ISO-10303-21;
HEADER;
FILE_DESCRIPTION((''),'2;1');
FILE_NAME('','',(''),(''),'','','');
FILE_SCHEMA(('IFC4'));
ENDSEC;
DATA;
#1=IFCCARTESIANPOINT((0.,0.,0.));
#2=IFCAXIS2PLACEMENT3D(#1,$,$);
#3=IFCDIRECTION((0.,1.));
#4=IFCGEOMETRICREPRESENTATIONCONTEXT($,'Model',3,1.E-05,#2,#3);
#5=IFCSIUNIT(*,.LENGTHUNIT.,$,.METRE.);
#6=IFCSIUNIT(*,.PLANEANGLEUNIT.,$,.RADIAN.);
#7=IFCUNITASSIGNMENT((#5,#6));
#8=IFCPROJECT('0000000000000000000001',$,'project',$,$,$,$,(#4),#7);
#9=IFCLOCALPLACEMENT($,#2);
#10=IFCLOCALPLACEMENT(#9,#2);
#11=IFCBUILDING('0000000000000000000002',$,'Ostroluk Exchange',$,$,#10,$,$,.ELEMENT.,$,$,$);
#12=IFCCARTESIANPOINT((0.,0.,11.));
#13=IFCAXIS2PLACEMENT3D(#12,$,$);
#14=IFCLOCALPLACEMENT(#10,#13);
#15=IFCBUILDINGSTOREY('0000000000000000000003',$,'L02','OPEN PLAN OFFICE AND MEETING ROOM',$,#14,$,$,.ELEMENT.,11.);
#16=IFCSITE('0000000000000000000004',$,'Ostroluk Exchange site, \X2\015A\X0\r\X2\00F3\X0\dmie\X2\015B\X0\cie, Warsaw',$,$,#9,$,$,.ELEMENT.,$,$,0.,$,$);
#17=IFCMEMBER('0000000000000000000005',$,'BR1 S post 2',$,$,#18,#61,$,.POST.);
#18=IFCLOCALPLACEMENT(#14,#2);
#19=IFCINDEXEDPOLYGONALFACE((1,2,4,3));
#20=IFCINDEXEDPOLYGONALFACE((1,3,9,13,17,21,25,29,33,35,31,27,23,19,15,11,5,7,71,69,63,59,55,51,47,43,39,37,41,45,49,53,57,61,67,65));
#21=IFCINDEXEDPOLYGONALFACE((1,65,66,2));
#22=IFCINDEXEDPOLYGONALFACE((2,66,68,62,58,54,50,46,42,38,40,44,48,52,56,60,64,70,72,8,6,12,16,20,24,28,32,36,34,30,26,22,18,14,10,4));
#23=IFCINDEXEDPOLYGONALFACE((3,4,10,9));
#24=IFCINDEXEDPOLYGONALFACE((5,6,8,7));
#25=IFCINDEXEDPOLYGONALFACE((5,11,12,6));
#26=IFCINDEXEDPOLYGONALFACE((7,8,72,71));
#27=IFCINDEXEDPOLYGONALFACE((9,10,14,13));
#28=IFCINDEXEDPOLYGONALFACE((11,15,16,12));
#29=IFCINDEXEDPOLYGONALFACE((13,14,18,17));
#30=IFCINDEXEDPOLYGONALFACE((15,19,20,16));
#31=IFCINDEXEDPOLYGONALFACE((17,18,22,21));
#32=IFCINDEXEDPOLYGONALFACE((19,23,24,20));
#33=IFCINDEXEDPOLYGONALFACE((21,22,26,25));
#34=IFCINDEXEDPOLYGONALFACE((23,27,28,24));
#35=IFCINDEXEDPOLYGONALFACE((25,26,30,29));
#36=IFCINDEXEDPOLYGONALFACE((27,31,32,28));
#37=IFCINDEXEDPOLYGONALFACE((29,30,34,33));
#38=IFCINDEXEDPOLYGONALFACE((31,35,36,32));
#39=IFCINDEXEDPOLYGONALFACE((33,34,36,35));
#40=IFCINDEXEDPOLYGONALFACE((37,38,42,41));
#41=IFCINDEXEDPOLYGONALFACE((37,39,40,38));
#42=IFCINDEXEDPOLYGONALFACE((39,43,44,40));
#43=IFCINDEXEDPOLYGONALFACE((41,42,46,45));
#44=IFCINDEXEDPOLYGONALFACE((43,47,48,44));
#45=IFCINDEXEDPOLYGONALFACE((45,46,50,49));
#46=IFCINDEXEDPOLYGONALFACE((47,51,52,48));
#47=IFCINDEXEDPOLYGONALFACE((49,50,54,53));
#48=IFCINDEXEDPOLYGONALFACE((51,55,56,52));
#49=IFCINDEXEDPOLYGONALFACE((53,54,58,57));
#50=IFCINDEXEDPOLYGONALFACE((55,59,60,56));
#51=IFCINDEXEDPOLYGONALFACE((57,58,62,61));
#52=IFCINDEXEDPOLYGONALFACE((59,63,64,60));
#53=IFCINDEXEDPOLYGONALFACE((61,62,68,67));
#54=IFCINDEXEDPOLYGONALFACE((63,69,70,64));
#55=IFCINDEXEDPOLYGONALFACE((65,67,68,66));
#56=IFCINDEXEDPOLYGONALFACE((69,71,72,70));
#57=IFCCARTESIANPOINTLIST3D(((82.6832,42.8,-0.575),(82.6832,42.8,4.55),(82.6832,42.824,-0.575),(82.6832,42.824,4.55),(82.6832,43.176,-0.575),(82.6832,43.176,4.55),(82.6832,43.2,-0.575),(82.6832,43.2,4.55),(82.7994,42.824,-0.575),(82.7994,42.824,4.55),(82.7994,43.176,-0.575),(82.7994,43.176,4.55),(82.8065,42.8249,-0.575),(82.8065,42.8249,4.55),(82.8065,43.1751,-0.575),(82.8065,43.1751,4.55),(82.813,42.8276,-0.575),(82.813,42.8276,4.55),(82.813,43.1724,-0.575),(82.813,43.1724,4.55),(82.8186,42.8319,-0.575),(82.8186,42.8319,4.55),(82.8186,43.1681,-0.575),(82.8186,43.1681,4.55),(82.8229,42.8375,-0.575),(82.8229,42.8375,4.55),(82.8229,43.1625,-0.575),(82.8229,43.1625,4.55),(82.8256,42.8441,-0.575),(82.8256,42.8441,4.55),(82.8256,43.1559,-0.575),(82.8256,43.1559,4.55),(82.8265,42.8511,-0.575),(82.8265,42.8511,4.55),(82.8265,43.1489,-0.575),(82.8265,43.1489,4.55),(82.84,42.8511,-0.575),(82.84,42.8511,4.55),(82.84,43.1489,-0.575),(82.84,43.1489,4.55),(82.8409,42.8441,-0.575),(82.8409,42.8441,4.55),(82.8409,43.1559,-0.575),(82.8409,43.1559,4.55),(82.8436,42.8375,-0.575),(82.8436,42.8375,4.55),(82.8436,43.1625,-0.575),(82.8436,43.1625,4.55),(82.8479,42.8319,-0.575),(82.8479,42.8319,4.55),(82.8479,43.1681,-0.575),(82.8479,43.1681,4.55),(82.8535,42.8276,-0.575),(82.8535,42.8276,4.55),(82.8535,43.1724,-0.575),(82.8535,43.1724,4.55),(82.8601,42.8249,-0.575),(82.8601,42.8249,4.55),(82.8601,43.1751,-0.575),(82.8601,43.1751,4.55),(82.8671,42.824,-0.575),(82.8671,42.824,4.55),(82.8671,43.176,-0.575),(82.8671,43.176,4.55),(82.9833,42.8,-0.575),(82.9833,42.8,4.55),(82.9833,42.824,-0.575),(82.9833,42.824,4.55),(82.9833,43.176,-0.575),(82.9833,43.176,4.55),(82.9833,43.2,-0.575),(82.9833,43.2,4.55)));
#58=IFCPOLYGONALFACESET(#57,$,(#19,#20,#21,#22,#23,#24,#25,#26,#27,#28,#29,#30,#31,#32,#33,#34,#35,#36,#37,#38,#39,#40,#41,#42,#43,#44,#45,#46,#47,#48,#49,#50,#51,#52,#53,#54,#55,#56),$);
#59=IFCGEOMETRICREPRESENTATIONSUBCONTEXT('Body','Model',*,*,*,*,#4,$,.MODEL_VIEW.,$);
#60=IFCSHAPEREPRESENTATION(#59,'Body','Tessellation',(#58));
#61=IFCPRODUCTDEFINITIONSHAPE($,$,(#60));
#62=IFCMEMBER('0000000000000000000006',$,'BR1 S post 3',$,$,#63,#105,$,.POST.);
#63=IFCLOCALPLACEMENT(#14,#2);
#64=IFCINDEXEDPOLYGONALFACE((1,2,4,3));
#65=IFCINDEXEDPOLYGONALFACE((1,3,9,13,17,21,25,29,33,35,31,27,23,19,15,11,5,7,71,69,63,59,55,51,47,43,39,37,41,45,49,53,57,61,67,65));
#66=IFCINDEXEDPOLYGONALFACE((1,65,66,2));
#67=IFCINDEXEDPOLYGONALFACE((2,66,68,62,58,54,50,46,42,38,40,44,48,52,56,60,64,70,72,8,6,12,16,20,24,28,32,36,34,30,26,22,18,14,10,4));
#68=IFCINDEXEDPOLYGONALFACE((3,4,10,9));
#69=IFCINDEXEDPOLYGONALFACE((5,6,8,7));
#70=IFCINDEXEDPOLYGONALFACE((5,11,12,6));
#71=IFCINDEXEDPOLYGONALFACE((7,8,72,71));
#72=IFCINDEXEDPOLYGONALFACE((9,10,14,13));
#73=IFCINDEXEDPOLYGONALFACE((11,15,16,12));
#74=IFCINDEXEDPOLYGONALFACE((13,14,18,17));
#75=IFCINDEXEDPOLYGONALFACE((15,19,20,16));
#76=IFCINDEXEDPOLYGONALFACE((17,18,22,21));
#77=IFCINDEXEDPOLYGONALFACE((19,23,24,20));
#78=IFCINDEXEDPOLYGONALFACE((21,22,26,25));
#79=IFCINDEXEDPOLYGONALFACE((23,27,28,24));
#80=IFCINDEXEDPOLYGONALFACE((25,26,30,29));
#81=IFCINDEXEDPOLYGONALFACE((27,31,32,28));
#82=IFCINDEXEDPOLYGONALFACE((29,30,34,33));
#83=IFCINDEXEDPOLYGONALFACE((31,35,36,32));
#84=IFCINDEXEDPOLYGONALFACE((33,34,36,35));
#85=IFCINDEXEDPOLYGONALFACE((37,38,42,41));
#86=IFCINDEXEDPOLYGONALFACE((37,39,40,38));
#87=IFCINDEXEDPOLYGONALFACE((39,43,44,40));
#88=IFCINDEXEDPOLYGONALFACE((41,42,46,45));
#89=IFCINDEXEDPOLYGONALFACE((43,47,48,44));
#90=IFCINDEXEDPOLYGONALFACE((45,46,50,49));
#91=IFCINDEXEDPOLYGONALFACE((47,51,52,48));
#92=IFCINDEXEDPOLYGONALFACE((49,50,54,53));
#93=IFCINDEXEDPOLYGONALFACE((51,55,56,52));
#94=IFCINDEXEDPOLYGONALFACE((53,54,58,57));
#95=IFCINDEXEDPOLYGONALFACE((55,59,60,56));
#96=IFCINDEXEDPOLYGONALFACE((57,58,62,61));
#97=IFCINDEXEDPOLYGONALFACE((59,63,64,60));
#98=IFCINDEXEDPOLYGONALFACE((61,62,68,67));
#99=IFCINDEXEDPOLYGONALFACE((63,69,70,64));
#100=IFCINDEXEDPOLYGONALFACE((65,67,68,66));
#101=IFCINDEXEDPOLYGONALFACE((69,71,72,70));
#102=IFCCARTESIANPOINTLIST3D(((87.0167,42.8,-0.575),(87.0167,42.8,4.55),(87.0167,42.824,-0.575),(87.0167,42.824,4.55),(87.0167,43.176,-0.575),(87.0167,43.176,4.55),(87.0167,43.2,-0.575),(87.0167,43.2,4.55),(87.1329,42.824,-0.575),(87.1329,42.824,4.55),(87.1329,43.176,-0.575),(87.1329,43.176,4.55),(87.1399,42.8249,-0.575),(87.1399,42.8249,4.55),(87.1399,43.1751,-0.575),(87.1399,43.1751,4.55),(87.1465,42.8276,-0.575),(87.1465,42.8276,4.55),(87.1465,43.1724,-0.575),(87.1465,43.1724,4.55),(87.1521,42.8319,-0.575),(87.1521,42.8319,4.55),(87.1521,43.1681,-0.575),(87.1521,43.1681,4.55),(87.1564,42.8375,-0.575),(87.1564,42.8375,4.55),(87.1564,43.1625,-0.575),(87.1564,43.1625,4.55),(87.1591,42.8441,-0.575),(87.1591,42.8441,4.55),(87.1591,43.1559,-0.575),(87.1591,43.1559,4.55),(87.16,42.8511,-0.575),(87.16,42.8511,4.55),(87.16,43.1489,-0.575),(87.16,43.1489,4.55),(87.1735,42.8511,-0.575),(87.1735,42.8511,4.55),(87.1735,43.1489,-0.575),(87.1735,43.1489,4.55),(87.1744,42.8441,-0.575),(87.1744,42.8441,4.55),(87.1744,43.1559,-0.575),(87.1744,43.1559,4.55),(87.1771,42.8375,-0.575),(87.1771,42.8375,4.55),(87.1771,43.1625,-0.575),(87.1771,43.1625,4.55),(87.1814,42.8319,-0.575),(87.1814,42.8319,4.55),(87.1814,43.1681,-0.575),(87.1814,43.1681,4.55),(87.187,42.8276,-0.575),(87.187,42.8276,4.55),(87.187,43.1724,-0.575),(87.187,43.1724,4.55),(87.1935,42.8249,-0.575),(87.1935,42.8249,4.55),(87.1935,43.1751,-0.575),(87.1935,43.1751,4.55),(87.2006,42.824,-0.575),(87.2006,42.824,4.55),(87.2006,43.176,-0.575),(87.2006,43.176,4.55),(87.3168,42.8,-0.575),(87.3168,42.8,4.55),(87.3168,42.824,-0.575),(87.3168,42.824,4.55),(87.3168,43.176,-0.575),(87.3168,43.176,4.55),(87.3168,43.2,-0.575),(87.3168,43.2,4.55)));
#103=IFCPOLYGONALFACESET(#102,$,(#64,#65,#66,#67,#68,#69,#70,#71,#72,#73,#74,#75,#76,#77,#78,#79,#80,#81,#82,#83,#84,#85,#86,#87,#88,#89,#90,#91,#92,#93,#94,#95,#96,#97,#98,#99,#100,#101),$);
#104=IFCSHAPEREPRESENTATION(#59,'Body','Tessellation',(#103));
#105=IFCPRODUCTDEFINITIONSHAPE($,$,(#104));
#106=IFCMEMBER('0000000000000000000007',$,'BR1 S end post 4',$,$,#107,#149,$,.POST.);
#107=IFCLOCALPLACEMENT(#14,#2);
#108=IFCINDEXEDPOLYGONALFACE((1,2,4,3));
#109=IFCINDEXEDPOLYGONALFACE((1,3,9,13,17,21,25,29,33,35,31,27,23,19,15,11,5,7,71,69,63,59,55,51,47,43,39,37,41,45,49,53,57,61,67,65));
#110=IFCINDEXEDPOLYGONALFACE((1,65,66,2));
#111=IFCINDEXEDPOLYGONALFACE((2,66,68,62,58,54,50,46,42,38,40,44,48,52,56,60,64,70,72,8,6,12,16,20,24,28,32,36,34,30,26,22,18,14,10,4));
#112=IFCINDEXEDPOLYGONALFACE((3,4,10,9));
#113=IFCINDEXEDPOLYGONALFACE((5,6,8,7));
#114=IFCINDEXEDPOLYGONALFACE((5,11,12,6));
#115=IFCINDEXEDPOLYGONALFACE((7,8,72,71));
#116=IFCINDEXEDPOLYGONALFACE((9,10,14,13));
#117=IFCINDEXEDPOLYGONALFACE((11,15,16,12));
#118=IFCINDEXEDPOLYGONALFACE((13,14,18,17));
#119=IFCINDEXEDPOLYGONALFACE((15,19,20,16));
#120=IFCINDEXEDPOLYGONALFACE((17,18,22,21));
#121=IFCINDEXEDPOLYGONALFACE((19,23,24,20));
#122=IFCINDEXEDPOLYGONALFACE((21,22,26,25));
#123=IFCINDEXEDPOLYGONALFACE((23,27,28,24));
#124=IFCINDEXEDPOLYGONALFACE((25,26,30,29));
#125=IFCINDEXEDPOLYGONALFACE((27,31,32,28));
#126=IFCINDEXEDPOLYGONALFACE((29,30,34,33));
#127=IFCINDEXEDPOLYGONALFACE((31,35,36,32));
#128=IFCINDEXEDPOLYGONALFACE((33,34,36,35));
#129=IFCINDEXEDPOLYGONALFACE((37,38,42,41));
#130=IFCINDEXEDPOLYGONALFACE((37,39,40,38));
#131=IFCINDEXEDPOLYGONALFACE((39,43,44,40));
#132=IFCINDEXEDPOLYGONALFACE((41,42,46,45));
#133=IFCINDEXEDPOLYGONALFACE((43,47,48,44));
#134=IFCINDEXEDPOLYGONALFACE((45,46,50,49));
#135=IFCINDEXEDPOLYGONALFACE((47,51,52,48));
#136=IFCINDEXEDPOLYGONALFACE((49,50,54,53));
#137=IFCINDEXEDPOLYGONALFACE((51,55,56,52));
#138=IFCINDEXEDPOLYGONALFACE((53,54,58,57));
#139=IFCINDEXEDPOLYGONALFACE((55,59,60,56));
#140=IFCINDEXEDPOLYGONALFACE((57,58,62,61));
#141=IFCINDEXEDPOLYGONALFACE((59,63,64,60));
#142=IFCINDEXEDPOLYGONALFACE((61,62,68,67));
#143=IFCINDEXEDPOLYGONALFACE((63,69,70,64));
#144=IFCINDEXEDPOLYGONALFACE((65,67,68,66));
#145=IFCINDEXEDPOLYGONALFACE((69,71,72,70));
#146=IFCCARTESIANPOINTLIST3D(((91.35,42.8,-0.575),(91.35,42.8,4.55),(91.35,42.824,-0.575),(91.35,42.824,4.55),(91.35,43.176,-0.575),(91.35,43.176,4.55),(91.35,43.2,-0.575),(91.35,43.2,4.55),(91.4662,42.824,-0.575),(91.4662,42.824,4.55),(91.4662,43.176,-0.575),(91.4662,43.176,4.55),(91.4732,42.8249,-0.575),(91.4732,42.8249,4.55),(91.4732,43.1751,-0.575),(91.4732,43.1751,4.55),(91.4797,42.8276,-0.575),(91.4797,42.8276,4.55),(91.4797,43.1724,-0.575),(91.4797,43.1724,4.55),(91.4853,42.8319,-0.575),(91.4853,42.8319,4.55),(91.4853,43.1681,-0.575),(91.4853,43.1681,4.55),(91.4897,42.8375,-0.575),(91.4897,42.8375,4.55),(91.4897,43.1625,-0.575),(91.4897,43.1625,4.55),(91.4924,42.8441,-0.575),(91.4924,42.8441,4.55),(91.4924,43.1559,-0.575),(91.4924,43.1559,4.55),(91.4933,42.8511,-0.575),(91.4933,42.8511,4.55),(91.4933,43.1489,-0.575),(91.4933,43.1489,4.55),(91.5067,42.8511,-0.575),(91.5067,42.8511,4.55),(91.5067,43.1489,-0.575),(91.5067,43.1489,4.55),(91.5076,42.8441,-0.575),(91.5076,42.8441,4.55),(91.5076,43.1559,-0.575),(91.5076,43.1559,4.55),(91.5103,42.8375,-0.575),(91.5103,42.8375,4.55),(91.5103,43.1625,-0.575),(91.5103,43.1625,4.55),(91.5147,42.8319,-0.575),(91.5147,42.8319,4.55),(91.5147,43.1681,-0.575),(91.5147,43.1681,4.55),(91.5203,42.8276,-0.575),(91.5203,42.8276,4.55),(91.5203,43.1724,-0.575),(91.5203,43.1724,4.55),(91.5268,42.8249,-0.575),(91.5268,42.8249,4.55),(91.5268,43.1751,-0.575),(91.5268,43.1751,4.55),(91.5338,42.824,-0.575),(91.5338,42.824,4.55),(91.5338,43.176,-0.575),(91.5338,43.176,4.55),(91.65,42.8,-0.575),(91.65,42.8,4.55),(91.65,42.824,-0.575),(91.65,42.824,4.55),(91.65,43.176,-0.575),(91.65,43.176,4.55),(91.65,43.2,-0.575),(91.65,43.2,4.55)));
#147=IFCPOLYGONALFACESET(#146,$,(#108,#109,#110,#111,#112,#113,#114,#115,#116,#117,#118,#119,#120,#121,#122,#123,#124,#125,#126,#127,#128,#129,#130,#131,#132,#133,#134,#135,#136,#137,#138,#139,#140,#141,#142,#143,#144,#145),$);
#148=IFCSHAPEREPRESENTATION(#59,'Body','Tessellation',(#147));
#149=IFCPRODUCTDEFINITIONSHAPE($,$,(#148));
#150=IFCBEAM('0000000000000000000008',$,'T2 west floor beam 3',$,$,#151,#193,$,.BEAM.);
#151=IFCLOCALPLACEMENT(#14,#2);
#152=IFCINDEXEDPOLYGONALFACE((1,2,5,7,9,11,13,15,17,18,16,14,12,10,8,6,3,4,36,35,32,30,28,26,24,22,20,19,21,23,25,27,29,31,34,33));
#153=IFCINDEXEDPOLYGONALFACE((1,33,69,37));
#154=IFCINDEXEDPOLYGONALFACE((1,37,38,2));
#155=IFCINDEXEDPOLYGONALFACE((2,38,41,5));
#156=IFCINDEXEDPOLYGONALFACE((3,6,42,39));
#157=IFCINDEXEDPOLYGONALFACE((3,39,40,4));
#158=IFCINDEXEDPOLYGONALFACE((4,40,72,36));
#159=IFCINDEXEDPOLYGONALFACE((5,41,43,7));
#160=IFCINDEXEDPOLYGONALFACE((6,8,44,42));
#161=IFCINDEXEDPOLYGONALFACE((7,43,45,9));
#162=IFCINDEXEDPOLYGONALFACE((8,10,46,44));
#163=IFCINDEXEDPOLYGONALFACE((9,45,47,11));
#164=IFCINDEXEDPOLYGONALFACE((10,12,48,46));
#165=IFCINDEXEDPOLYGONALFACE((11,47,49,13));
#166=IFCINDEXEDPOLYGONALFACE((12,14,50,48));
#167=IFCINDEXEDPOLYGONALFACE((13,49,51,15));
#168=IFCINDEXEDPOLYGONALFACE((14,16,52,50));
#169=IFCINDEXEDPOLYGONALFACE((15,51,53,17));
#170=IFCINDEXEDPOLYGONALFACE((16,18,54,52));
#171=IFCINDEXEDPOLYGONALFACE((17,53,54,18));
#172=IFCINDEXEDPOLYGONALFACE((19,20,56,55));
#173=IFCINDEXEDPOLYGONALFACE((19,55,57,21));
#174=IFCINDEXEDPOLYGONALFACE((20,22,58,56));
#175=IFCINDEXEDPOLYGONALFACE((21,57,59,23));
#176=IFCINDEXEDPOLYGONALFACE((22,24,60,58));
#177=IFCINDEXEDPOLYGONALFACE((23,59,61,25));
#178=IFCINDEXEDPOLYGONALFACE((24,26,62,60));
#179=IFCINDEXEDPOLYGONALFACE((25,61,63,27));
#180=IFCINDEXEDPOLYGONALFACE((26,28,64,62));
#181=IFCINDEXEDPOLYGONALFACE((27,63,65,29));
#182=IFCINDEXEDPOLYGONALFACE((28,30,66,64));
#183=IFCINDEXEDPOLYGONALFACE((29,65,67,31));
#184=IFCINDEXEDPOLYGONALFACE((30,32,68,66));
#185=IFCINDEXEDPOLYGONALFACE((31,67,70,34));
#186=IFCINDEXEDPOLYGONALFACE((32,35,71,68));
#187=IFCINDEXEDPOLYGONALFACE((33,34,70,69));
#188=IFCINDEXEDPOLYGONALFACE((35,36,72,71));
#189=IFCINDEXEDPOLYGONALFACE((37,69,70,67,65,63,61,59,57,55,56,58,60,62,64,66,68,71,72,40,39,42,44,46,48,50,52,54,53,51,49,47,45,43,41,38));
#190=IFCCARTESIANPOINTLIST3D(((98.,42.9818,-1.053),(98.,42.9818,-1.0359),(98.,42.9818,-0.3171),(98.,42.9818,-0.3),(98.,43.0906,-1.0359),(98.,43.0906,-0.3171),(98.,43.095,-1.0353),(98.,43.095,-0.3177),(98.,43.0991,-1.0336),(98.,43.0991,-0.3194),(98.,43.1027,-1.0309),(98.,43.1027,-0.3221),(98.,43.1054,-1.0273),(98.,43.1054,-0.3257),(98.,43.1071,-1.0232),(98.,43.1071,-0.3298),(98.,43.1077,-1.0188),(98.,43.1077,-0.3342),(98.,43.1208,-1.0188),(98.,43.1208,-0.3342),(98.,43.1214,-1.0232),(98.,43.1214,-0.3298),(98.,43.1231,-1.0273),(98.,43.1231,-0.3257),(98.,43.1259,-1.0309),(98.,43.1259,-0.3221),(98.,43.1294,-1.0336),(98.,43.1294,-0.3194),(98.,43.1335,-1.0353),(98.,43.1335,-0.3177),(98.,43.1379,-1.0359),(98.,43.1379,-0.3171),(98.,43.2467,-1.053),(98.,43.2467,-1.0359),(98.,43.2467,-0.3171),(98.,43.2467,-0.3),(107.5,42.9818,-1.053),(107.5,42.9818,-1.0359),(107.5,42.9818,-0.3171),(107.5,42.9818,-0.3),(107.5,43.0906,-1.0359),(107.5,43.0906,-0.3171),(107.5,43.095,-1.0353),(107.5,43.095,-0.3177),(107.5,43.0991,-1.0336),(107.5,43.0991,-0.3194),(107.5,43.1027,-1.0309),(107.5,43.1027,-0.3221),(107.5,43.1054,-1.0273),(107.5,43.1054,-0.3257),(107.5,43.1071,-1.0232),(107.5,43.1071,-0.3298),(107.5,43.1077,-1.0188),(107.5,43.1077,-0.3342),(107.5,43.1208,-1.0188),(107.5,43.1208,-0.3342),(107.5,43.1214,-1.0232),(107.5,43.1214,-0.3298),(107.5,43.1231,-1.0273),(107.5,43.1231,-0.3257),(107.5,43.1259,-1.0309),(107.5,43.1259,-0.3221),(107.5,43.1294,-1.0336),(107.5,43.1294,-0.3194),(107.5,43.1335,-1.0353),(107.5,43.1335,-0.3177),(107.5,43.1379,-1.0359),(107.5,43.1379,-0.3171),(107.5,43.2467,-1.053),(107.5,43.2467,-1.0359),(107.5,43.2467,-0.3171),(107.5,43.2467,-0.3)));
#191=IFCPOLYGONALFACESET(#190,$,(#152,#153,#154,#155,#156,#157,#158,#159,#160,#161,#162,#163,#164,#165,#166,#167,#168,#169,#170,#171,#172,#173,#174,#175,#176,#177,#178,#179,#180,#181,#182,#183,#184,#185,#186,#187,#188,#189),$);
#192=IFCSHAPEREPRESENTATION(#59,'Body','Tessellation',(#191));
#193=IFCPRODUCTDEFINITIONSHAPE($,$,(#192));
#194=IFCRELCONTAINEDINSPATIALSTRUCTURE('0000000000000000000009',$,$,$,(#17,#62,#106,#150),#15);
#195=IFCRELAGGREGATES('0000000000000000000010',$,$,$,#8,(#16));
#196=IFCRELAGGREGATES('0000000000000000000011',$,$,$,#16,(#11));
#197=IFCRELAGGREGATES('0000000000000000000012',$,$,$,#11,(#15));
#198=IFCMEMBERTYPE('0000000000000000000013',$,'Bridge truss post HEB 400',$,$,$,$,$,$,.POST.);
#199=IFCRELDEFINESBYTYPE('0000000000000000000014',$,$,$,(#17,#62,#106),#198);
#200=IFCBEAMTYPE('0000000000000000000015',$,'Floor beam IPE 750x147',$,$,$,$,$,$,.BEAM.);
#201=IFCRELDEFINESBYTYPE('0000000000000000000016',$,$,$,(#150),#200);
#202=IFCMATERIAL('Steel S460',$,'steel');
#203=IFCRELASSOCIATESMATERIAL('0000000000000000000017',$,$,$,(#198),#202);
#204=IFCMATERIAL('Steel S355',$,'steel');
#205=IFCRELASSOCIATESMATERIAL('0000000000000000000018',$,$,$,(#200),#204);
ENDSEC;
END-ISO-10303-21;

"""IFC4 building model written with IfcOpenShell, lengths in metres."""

from ifc_helpers import new_model, si_unit, direction, frame, origin, origin_2d, place, context, subcontext, project, spatial, i_section, extrude, material, material_profile, profile_set, type_object, element, save


model = new_model("IFC4")

# Units and contexts
model_context = context("Model", 3, precision=1e-05, world=origin(), true_north=direction((0.0, 1.0)))
body_context = subcontext(model_context, "Body", "Model", "MODEL_VIEW")
ifc_project = project(units=[si_unit("LENGTHUNIT", "METRE"), si_unit("PLANEANGLEUNIT", "RADIAN")], contexts=[model_context])

# Site, building, storey
site_placement = place(None, origin())
site = spatial("IfcSite", under=ifc_project, at=site_placement, Name="Ostroluk Exchange site, Śródmieście, Warsaw", CompositionType="ELEMENT", RefElevation=0.0)
building_placement = place(site_placement, origin())
building = spatial("IfcBuilding", under=site, at=building_placement, Name="Ostroluk Exchange", CompositionType="ELEMENT")
storey_placement = place(building_placement, frame((0.0, 0.0, 11.0)))
storey = spatial("IfcBuildingStorey", under=building, at=storey_placement, Name="L02", Description="OPEN PLAN OFFICE AND MEETING ROOM", CompositionType="ELEMENT", Elevation=11.0)

# Members
ifc_material_1 = material(Name="Steel S460", Category="steel")
ifc_material_profile_1 = material_profile(ifc_material_1, i_section(OverallWidth=0.3, OverallDepth=0.3999, WebThickness=0.0134, FlangeThickness=0.0239, FilletRadius=0.0271, at=origin_2d()), Name="HEB 400")
ifc_profile_set_1 = profile_set([ifc_material_profile_1], Name="Steel S460")
member_type_1 = type_object("IfcMemberType", Name="Bridge truss post HEB 400", PredefinedType="POST", material=ifc_profile_set_1)
for number, where, z_axis, x_axis, name in (
    (1, (82.8333, 43.0, -0.575), (0.0, 0.0, 1.0), (1.0, 0.0, 0.0), "BR1 S post 2"),
    (2, (87.1667, 43.0, -0.575), (0.0, 0.0, 1.0), (1.0, 0.0, 0.0), "BR1 S post 3"),
    (3, (91.5, 43.0, -0.575), (0.0, 0.0, 1.0), (1.0, 0.0, 0.0), "BR1 S end post 4"),
):
    element("IfcMember", number, at=place(storey_placement, frame(where, z_axis=z_axis, x_axis=x_axis)), inside=storey, type_object=member_type_1, Name=name, PredefinedType="POST", context=body_context, shape_type="SweptSolid", body=[
        extrude(i_section(OverallWidth=0.3, OverallDepth=0.3999, WebThickness=0.0134, FlangeThickness=0.0239, FilletRadius=0.0271, at=origin_2d()), origin(), (0.0, 0.0, 1.0), 5.125),
    ])

# Beam
ifc_material_2 = material(Name="Steel S355", Category="steel")
ifc_material_profile_2 = material_profile(ifc_material_2, i_section(OverallWidth=0.2649, OverallDepth=0.7529, WebThickness=0.0132, FlangeThickness=0.0171, FilletRadius=0.0171, at=origin_2d()), Name="IPE 750x147")
ifc_profile_set_2 = profile_set([ifc_material_profile_2], Name="Steel S355")
beam_type_1 = type_object("IfcBeamType", Name="Floor beam IPE 750x147", PredefinedType="BEAM", material=ifc_profile_set_2)
beam_1_placement = place(storey_placement, frame((107.5, 43.1143, -0.6765), z_axis=(-1.0, 0.0, 0.0), x_axis=(0.0, -1.0, 0.0)))
element("IfcBeam", 4, at=beam_1_placement, inside=storey, type_object=beam_type_1, Name="T2 west floor beam 3", PredefinedType="BEAM", context=body_context, shape_type="SweptSolid", body=[
    extrude(i_section(OverallWidth=0.2649, OverallDepth=0.7529, WebThickness=0.0132, FlangeThickness=0.0171, FilletRadius=0.0171, at=origin_2d()), origin(), (0.0, 0.0, 1.0), 9.5),
])

save(model, "model.ifc")
